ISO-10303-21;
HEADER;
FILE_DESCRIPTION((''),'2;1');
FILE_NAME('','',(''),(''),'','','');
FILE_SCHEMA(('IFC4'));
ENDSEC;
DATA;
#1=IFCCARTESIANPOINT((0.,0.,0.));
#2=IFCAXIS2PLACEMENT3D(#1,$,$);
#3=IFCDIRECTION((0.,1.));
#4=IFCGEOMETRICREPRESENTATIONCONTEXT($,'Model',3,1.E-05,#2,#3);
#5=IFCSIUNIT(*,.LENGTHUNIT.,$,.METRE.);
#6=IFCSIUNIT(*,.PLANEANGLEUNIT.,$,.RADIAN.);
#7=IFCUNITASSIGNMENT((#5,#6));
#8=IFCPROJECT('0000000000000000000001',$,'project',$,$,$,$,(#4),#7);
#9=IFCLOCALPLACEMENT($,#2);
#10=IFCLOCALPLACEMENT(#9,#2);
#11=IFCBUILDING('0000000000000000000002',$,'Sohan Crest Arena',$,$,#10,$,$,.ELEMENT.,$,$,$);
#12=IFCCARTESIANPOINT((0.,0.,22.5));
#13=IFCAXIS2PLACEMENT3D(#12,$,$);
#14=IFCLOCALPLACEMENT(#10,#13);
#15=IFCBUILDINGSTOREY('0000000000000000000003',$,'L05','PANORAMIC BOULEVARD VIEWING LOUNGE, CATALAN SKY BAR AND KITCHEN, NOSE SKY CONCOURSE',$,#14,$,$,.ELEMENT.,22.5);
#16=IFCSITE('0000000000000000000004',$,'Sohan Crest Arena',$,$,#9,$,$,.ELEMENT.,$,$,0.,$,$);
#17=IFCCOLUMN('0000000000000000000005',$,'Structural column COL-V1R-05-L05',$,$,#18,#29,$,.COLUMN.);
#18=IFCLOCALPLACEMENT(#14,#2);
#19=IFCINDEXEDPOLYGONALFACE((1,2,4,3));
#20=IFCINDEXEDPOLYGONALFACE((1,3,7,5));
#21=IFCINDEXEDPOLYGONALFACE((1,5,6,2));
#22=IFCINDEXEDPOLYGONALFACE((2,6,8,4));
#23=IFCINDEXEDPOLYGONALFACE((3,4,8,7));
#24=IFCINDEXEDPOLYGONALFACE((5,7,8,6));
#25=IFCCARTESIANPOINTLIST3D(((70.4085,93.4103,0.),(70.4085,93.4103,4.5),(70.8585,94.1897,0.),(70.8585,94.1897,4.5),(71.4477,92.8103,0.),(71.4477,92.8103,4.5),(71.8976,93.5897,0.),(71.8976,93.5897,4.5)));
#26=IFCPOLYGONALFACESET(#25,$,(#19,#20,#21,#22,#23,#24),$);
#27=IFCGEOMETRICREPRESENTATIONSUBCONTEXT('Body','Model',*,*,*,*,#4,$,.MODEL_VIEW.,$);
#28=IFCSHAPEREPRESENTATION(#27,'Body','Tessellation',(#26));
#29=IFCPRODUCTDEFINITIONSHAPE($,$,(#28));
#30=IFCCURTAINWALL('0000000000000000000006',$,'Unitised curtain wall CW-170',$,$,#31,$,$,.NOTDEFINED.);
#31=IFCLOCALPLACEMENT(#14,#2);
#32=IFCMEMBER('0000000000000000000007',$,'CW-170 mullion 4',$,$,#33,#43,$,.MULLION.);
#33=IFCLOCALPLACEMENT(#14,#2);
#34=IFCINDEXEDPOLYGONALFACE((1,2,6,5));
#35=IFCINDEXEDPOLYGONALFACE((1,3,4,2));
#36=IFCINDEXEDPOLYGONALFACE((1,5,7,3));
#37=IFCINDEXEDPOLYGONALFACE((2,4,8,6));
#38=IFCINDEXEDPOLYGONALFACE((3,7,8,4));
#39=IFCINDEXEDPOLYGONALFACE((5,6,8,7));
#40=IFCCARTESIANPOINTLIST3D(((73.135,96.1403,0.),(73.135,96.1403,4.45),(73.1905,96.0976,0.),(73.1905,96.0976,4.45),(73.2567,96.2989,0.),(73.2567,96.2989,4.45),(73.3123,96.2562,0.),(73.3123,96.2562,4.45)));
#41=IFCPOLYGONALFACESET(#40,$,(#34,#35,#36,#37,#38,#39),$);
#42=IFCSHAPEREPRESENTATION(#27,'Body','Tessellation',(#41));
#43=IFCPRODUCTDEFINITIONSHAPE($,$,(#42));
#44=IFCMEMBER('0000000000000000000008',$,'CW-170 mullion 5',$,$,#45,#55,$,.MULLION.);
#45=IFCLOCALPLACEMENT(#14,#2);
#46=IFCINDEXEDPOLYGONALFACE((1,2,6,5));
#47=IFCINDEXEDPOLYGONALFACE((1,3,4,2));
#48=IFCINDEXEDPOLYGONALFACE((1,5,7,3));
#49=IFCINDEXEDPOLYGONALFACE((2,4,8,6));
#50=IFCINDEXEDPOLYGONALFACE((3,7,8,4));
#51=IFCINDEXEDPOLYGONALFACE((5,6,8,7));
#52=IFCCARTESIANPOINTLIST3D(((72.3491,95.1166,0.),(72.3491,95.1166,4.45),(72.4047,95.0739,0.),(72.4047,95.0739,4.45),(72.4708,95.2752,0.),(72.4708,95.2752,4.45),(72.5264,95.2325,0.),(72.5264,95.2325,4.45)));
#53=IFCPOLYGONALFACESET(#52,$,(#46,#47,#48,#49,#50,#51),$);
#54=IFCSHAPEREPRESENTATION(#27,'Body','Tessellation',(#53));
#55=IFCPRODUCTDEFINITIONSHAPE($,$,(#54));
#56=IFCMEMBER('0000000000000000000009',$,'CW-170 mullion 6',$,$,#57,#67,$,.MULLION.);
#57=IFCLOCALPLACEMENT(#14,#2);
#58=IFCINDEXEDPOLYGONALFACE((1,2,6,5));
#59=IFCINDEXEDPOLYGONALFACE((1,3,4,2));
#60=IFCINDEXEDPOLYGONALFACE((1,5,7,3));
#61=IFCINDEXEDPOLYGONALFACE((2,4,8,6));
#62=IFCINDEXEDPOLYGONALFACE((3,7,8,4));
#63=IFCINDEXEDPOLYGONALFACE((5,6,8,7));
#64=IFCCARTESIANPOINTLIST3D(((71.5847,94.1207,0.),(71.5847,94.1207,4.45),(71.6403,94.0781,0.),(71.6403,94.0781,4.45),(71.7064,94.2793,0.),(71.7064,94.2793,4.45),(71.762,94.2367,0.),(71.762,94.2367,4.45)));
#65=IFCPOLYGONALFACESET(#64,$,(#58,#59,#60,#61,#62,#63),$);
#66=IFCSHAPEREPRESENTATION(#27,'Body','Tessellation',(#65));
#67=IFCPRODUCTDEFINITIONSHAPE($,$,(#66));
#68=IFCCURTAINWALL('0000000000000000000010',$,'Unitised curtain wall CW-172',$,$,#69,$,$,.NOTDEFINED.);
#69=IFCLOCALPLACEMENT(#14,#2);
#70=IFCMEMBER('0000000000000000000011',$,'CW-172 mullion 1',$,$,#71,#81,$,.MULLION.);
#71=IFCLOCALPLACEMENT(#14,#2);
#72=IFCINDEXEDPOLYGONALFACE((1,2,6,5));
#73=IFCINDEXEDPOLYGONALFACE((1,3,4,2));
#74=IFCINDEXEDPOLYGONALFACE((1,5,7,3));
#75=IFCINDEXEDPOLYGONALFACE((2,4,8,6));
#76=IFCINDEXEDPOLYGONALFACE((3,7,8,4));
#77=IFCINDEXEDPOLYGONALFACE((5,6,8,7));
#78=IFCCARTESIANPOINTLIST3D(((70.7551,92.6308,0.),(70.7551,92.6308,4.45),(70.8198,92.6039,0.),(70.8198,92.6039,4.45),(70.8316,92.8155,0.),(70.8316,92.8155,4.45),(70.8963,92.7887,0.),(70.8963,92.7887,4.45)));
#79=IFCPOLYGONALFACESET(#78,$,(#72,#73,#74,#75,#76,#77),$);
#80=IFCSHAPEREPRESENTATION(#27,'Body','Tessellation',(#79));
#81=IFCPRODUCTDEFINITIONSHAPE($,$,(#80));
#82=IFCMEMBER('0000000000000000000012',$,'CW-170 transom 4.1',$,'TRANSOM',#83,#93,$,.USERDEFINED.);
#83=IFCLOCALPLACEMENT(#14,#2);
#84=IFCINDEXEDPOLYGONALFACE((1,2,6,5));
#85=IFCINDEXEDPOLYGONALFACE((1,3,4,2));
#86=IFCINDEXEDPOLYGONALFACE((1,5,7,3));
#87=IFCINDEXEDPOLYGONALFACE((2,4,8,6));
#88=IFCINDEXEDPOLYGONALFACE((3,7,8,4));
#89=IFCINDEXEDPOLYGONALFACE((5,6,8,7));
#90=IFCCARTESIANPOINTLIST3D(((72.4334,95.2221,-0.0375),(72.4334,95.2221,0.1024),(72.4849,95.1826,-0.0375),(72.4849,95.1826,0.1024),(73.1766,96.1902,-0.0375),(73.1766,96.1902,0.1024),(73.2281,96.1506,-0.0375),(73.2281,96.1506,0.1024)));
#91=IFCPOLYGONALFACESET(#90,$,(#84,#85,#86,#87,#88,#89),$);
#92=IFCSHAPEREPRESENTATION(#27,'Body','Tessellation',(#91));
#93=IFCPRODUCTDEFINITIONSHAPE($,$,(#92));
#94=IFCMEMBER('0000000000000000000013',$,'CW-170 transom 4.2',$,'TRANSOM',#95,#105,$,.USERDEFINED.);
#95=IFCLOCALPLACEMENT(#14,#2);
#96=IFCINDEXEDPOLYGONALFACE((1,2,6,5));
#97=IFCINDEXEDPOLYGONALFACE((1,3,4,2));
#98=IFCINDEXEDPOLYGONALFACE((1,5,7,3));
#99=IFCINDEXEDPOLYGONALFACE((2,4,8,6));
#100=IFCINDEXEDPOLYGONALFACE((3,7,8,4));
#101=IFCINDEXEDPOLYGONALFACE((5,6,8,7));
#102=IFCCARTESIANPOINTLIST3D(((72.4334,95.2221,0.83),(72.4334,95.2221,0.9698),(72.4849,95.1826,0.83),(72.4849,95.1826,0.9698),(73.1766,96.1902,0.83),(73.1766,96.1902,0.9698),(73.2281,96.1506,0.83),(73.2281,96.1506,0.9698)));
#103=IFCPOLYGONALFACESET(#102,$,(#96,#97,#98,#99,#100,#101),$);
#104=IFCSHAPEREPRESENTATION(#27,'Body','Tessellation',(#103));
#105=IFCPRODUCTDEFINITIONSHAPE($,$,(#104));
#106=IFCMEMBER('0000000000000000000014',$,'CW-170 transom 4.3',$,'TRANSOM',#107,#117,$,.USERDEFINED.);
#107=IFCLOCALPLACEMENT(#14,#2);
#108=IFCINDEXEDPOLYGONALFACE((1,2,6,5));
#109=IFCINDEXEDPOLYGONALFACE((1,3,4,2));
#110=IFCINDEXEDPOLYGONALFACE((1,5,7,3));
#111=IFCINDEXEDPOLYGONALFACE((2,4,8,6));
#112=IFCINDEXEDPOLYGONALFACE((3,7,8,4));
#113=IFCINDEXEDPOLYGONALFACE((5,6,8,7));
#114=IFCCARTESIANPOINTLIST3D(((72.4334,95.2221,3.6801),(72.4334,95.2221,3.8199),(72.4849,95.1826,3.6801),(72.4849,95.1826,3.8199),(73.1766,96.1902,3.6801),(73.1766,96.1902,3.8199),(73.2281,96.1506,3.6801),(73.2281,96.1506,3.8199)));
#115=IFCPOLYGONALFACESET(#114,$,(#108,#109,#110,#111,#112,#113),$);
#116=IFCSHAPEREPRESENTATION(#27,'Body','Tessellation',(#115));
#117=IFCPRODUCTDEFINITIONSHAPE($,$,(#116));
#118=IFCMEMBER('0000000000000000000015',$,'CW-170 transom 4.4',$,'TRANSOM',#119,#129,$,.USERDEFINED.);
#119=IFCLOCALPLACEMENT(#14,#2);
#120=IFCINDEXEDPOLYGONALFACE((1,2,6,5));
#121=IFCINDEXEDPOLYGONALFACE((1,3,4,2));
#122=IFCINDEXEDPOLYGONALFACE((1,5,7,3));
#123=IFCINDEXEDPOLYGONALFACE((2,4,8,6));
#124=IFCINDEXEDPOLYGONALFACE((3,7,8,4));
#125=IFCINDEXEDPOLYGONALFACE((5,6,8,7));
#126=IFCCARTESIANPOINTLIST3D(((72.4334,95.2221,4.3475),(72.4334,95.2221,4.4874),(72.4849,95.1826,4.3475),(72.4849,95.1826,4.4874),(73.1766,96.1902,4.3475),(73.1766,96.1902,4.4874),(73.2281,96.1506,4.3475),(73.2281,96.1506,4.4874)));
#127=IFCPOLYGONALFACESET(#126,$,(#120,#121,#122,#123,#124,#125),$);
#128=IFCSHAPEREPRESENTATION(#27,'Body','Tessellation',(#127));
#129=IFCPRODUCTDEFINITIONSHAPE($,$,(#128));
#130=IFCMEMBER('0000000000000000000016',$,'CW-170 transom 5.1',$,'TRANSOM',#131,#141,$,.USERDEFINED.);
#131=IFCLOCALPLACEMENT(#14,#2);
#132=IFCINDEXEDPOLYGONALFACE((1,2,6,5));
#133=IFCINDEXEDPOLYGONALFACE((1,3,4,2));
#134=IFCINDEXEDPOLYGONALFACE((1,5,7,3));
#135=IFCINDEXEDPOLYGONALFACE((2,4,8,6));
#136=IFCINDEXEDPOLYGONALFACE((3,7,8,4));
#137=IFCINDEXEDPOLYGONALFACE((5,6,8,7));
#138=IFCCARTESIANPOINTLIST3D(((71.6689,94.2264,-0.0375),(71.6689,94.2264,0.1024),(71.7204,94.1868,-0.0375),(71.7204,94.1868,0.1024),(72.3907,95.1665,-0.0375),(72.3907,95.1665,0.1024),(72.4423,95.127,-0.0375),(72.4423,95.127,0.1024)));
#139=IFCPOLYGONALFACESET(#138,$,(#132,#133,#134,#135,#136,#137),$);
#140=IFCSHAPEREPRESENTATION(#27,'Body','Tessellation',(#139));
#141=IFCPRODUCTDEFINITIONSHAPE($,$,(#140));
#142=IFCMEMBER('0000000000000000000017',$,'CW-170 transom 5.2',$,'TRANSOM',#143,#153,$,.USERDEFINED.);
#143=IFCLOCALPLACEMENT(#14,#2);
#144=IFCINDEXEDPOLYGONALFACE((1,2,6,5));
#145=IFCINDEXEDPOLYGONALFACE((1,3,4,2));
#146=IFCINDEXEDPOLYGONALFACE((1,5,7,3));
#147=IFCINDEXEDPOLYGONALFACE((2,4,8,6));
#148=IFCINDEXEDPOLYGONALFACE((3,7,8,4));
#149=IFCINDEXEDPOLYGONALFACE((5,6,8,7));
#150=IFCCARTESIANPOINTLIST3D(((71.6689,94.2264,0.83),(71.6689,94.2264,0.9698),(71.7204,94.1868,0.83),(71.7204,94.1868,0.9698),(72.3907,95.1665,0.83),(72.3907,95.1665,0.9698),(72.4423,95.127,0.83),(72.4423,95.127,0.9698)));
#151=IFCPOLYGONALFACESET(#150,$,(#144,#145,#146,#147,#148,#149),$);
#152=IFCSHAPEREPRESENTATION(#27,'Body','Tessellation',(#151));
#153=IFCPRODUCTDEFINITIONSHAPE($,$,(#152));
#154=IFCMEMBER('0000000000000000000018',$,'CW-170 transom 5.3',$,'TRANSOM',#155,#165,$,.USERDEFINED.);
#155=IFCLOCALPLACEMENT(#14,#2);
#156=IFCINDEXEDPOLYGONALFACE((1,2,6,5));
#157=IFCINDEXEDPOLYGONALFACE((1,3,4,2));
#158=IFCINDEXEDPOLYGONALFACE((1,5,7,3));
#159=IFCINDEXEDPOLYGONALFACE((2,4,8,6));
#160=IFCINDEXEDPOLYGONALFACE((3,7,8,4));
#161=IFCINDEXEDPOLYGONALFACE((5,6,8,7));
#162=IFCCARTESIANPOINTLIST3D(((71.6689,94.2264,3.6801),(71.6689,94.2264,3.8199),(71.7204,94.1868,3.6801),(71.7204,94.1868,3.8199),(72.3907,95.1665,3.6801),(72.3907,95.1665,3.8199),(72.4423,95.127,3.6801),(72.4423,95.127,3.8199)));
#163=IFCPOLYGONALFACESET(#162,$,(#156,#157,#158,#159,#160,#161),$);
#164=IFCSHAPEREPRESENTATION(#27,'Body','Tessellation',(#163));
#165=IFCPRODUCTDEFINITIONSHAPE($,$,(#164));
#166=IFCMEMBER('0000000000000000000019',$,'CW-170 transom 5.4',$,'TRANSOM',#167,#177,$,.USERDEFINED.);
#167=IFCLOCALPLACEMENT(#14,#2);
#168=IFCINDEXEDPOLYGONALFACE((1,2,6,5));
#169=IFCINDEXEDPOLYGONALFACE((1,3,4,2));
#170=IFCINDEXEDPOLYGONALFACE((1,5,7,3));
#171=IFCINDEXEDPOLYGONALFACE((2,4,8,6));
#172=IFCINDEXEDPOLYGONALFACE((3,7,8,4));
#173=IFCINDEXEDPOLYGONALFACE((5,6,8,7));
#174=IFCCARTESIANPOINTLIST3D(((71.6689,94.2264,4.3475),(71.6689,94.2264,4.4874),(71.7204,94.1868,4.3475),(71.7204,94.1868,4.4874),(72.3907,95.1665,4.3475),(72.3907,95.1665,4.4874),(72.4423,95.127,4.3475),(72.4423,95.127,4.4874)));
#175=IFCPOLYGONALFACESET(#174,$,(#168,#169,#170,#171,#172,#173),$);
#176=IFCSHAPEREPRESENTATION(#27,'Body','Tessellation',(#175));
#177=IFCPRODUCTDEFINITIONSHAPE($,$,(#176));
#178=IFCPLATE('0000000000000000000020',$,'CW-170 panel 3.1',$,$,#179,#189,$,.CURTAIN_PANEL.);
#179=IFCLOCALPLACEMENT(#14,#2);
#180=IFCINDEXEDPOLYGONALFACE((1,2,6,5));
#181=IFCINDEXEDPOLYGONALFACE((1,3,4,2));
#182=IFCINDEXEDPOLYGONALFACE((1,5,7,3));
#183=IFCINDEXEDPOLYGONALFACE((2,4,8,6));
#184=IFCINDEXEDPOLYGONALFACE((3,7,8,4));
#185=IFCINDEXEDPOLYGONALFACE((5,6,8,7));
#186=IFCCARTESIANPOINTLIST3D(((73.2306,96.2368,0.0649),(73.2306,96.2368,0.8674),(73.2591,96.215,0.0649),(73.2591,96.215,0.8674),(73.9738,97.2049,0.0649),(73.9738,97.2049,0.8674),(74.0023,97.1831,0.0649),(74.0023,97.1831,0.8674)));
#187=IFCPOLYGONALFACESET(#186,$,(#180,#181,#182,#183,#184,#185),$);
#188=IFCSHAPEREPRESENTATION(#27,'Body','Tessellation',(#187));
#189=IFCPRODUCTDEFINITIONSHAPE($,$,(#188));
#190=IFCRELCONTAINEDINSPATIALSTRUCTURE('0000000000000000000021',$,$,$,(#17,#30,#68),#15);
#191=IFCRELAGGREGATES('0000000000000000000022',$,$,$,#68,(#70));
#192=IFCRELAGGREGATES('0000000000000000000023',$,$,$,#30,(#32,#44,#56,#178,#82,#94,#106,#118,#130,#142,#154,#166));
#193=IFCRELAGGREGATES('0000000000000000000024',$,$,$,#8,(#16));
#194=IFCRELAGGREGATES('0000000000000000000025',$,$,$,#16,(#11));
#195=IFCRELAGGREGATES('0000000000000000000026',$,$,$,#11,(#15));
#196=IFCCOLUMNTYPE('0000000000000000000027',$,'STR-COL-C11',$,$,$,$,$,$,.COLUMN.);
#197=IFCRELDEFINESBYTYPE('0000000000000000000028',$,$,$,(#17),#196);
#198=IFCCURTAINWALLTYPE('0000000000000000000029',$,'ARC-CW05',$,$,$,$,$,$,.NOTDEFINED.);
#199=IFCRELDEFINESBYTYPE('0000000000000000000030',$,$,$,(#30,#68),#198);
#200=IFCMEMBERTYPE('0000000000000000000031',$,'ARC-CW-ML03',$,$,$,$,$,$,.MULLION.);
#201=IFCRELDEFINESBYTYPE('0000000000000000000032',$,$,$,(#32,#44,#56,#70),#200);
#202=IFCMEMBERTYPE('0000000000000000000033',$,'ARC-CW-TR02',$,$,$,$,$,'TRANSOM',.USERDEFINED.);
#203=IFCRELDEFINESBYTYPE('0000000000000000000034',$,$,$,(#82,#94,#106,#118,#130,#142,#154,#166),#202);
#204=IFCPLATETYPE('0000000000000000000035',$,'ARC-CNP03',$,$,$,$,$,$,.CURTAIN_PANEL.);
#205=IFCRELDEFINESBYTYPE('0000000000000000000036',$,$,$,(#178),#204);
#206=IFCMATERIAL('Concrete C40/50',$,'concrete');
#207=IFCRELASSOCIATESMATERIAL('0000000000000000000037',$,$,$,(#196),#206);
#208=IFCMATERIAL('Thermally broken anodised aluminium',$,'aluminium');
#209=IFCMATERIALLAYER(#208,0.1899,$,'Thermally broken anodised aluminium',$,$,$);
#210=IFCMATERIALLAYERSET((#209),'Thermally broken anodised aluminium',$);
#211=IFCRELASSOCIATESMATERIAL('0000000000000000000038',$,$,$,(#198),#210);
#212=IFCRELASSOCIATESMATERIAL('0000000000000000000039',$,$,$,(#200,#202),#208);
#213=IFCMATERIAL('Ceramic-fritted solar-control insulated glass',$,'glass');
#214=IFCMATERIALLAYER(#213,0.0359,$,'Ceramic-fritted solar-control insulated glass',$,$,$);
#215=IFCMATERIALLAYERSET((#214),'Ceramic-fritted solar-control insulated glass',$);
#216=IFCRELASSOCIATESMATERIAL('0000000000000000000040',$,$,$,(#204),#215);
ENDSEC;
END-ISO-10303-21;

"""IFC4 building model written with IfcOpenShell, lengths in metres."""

from ifc_helpers import new_model, si_unit, direction, frame, origin, origin_2d, place, context, subcontext, project, spatial, rectangle, extrude, material, layer, layer_set, material_profile, profile_set, type_object, element, aggregate, save


model = new_model("IFC4")

# Units and contexts
model_context = context("Model", 3, precision=1e-05, world=origin(), true_north=direction((0.0, 1.0)))
body_context = subcontext(model_context, "Body", "Model", "MODEL_VIEW")
ifc_project = project(units=[si_unit("LENGTHUNIT", "METRE"), si_unit("PLANEANGLEUNIT", "RADIAN")], contexts=[model_context])

# Site, building, storey
site_placement = place(None, origin())
site = spatial("IfcSite", under=ifc_project, at=site_placement, Name="Sohan Crest Arena", CompositionType="ELEMENT", RefElevation=0.0)
building_placement = place(site_placement, origin())
building = spatial("IfcBuilding", under=site, at=building_placement, Name="Sohan Crest Arena", CompositionType="ELEMENT")
storey_placement = place(building_placement, frame((0.0, 0.0, 22.5)))
storey = spatial("IfcBuildingStorey", under=building, at=storey_placement, Name="L05", Description="PANORAMIC BOULEVARD VIEWING LOUNGE, CATALAN SKY BAR AND KITCHEN, NOSE SKY CONCOURSE", CompositionType="ELEMENT", Elevation=22.5)

# Column
ifc_material_1 = material(Name="Concrete C40/50", Category="concrete")
ifc_material_profile_1 = material_profile(ifc_material_1, rectangle(XDim=1.2, YDim=0.8999, at=origin_2d()), Name="RC 1200x900")
ifc_profile_set_1 = profile_set([ifc_material_profile_1], Name="Concrete C40/50")
column_type = type_object("IfcColumnType", Name="STR-COL-C11", PredefinedType="COLUMN", material=ifc_profile_set_1)
column_placement = place(storey_placement, frame((71.1531, 93.5, 0.0), z_axis=(0.0, 0.0, 1.0), x_axis=(-0.866025, 0.5, 0.0)))
element("IfcColumn", 1, at=column_placement, inside=storey, type_object=column_type, Name="Structural column COL-V1R-05-L05", PredefinedType="COLUMN", context=body_context, shape_type="SweptSolid", body=[
    extrude(rectangle(XDim=1.2, YDim=0.8999, at=origin_2d()), origin(), (0.0, 0.0, 1.0), 4.5),
])

# Curtain wall, members
ifc_material_2 = material(Name="Thermally broken anodised aluminium", Category="aluminium")
ifc_layer_1 = layer(ifc_material_2, 0.1899, Name="Thermally broken anodised aluminium")
ifc_layer_set_1 = layer_set([ifc_layer_1], Name="Thermally broken anodised aluminium")
curtain_wall_type = type_object("IfcCurtainWallType", Name="ARC-CW05", PredefinedType="NOTDEFINED", material=ifc_layer_set_1)
curtain_wall_1_placement = place(storey_placement, origin())
curtain_wall_1 = element("IfcCurtainWall", 2, at=curtain_wall_1_placement, inside=storey, type_object=curtain_wall_type, Name="Unitised curtain wall CW-170", PredefinedType="NOTDEFINED")
ifc_material_profile_2 = material_profile(ifc_material_2, rectangle(XDim=0.0701, YDim=0.2, at=origin_2d()), Name="ALU-MULL 70x200")
ifc_profile_set_2 = profile_set([ifc_material_profile_2], Name="Thermally broken anodised aluminium")
member_type_1 = type_object("IfcMemberType", Name="ARC-CW-ML03", PredefinedType="MULLION", material=ifc_profile_set_2)
member_1_placement = place(storey_placement, frame((73.2236, 96.1982, 0.0), z_axis=(0.0, 0.0, 1.0), x_axis=(0.793217, -0.608939, 0.0)))
member_1 = element("IfcMember", 3, at=member_1_placement, type_object=member_type_1, Name="CW-170 mullion 4", PredefinedType="MULLION", context=body_context, shape_type="SweptSolid", body=[
    extrude(rectangle(XDim=0.0701, YDim=0.2, at=origin_2d()), origin(), (0.0, 0.0, 1.0), 4.45),
])
member_2_placement = place(storey_placement, frame((72.4377, 95.1746, 0.0), z_axis=(0.0, 0.0, 1.0), x_axis=(0.793217, -0.608939, 0.0)))
member_2 = element("IfcMember", 4, at=member_2_placement, type_object=member_type_1, Name="CW-170 mullion 5", PredefinedType="MULLION", context=body_context, shape_type="SweptSolid", body=[
    extrude(rectangle(XDim=0.0701, YDim=0.2, at=origin_2d()), origin(), (0.0, 0.0, 1.0), 4.45),
])
member_3_placement = place(storey_placement, frame((71.6733, 94.1787, 0.0), z_axis=(0.0, 0.0, 1.0), x_axis=(0.793217, -0.608939, 0.0)))
member_3 = element("IfcMember", 5, at=member_3_placement, type_object=member_type_1, Name="CW-170 mullion 6", PredefinedType="MULLION", context=body_context, shape_type="SweptSolid", body=[
    extrude(rectangle(XDim=0.0701, YDim=0.2, at=origin_2d()), origin(), (0.0, 0.0, 1.0), 4.45),
])

# Curtain wall, member
curtain_wall_2_placement = place(storey_placement, origin())
curtain_wall_2 = element("IfcCurtainWall", 6, at=curtain_wall_2_placement, inside=storey, type_object=curtain_wall_type, Name="Unitised curtain wall CW-172", PredefinedType="NOTDEFINED")
member_4_placement = place(storey_placement, frame((70.8257, 92.7097, 0.0), z_axis=(0.0, 0.0, 1.0), x_axis=(0.923886, -0.382667, 0.0)))
member_4 = element("IfcMember", 7, at=member_4_placement, type_object=member_type_1, Name="CW-172 mullion 1", PredefinedType="MULLION", context=body_context, shape_type="SweptSolid", body=[
    extrude(rectangle(XDim=0.0701, YDim=0.2, at=origin_2d()), origin(), (0.0, 0.0, 1.0), 4.45),
])
aggregate(curtain_wall_2, [member_4])

# Members
ifc_material_profile_3 = material_profile(ifc_material_2, rectangle(XDim=0.0649, YDim=0.1399, at=origin_2d()), Name="ALU-TRAN 65x140")
ifc_profile_set_3 = profile_set([ifc_material_profile_3], Name="Thermally broken anodised aluminium")
member_type_2 = type_object("IfcMemberType", Name="ARC-CW-TR02", ElementType="TRANSOM", PredefinedType="USERDEFINED", material=ifc_profile_set_3)
member_5_placement = place(storey_placement, frame((73.2024, 96.1704, 0.0325), z_axis=(-0.608956, -0.793204, 0.0), x_axis=(0.793204, -0.608956, 0.0)))
member_5 = element("IfcMember", 8, at=member_5_placement, type_object=member_type_2, Name="CW-170 transom 4.1", ObjectType="TRANSOM", PredefinedType="USERDEFINED", context=body_context, shape_type="SweptSolid", body=[
    extrude(rectangle(XDim=0.0649, YDim=0.1399, at=origin_2d()), origin(), (0.0, 0.0, 1.0), 1.2205),
])
member_6_placement = place(storey_placement, frame((73.2024, 96.1704, 0.8999), z_axis=(-0.608956, -0.793204, 0.0), x_axis=(0.793204, -0.608956, 0.0)))
member_6 = element("IfcMember", 9, at=member_6_placement, type_object=member_type_2, Name="CW-170 transom 4.2", ObjectType="TRANSOM", PredefinedType="USERDEFINED", context=body_context, shape_type="SweptSolid", body=[
    extrude(rectangle(XDim=0.0649, YDim=0.1399, at=origin_2d()), origin(), (0.0, 0.0, 1.0), 1.2205),
])
member_7_placement = place(storey_placement, frame((73.2024, 96.1704, 3.75), z_axis=(-0.608956, -0.793204, 0.0), x_axis=(0.793204, -0.608956, 0.0)))
member_7 = element("IfcMember", 10, at=member_7_placement, type_object=member_type_2, Name="CW-170 transom 4.3", ObjectType="TRANSOM", PredefinedType="USERDEFINED", context=body_context, shape_type="SweptSolid", body=[
    extrude(rectangle(XDim=0.0649, YDim=0.1399, at=origin_2d()), origin(), (0.0, 0.0, 1.0), 1.2205),
])
member_8_placement = place(storey_placement, frame((73.2024, 96.1704, 4.4175), z_axis=(-0.608956, -0.793204, 0.0), x_axis=(0.793204, -0.608956, 0.0)))
member_8 = element("IfcMember", 11, at=member_8_placement, type_object=member_type_2, Name="CW-170 transom 4.4", ObjectType="TRANSOM", PredefinedType="USERDEFINED", context=body_context, shape_type="SweptSolid", body=[
    extrude(rectangle(XDim=0.0649, YDim=0.1399, at=origin_2d()), origin(), (0.0, 0.0, 1.0), 1.2205),
])
member_9_placement = place(storey_placement, frame((72.4165, 95.1467, 0.0325), z_axis=(-0.609024, -0.793152, 0.0), x_axis=(0.793152, -0.609024, 0.0)))
member_9 = element("IfcMember", 12, at=member_9_placement, type_object=member_type_2, Name="CW-170 transom 5.1", ObjectType="TRANSOM", PredefinedType="USERDEFINED", context=body_context, shape_type="SweptSolid", body=[
    extrude(rectangle(XDim=0.0649, YDim=0.1399, at=origin_2d()), origin(), (0.0, 0.0, 1.0), 1.1853),
])
member_10_placement = place(storey_placement, frame((72.4165, 95.1467, 0.8999), z_axis=(-0.609024, -0.793152, 0.0), x_axis=(0.793152, -0.609024, 0.0)))
member_10 = element("IfcMember", 13, at=member_10_placement, type_object=member_type_2, Name="CW-170 transom 5.2", ObjectType="TRANSOM", PredefinedType="USERDEFINED", context=body_context, shape_type="SweptSolid", body=[
    extrude(rectangle(XDim=0.0649, YDim=0.1399, at=origin_2d()), origin(), (0.0, 0.0, 1.0), 1.1853),
])
member_11_placement = place(storey_placement, frame((72.4165, 95.1467, 3.75), z_axis=(-0.609024, -0.793152, 0.0), x_axis=(0.793152, -0.609024, 0.0)))
member_11 = element("IfcMember", 14, at=member_11_placement, type_object=member_type_2, Name="CW-170 transom 5.3", ObjectType="TRANSOM", PredefinedType="USERDEFINED", context=body_context, shape_type="SweptSolid", body=[
    extrude(rectangle(XDim=0.0649, YDim=0.1399, at=origin_2d()), origin(), (0.0, 0.0, 1.0), 1.1853),
])
member_12_placement = place(storey_placement, frame((72.4165, 95.1467, 4.4175), z_axis=(-0.609024, -0.793152, 0.0), x_axis=(0.793152, -0.609024, 0.0)))
member_12 = element("IfcMember", 15, at=member_12_placement, type_object=member_type_2, Name="CW-170 transom 5.4", ObjectType="TRANSOM", PredefinedType="USERDEFINED", context=body_context, shape_type="SweptSolid", body=[
    extrude(rectangle(XDim=0.0649, YDim=0.1399, at=origin_2d()), origin(), (0.0, 0.0, 1.0), 1.1853),
])

# Plate
ifc_material_3 = material(Name="Ceramic-fritted solar-control insulated glass", Category="glass")
ifc_layer_2 = layer(ifc_material_3, 0.0359, Name="Ceramic-fritted solar-control insulated glass")
ifc_layer_set_2 = layer_set([ifc_layer_2], Name="Ceramic-fritted solar-control insulated glass")
plate_type = type_object("IfcPlateType", Name="ARC-CNP03", PredefinedType="CURTAIN_PANEL", material=ifc_layer_set_2)
plate_1_placement = place(storey_placement, frame((73.6165, 96.71, 0.0649), z_axis=(0.0, 0.0, 1.0), x_axis=(-0.608939, -0.793217, 0.0)))
plate_1 = element("IfcPlate", 16, at=plate_1_placement, type_object=plate_type, Name="CW-170 panel 3.1", PredefinedType="CURTAIN_PANEL", context=body_context, shape_type="SweptSolid", body=[
    extrude(rectangle(XDim=1.2205, YDim=0.0359, at=origin_2d()), origin(), (0.0, 0.0, 1.0), 0.8025),
])
aggregate(curtain_wall_1, [member_1, member_2, member_3, plate_1, member_5, member_6, member_7, member_8, member_9, member_10, member_11, member_12])

save(model, "model.ifc")
